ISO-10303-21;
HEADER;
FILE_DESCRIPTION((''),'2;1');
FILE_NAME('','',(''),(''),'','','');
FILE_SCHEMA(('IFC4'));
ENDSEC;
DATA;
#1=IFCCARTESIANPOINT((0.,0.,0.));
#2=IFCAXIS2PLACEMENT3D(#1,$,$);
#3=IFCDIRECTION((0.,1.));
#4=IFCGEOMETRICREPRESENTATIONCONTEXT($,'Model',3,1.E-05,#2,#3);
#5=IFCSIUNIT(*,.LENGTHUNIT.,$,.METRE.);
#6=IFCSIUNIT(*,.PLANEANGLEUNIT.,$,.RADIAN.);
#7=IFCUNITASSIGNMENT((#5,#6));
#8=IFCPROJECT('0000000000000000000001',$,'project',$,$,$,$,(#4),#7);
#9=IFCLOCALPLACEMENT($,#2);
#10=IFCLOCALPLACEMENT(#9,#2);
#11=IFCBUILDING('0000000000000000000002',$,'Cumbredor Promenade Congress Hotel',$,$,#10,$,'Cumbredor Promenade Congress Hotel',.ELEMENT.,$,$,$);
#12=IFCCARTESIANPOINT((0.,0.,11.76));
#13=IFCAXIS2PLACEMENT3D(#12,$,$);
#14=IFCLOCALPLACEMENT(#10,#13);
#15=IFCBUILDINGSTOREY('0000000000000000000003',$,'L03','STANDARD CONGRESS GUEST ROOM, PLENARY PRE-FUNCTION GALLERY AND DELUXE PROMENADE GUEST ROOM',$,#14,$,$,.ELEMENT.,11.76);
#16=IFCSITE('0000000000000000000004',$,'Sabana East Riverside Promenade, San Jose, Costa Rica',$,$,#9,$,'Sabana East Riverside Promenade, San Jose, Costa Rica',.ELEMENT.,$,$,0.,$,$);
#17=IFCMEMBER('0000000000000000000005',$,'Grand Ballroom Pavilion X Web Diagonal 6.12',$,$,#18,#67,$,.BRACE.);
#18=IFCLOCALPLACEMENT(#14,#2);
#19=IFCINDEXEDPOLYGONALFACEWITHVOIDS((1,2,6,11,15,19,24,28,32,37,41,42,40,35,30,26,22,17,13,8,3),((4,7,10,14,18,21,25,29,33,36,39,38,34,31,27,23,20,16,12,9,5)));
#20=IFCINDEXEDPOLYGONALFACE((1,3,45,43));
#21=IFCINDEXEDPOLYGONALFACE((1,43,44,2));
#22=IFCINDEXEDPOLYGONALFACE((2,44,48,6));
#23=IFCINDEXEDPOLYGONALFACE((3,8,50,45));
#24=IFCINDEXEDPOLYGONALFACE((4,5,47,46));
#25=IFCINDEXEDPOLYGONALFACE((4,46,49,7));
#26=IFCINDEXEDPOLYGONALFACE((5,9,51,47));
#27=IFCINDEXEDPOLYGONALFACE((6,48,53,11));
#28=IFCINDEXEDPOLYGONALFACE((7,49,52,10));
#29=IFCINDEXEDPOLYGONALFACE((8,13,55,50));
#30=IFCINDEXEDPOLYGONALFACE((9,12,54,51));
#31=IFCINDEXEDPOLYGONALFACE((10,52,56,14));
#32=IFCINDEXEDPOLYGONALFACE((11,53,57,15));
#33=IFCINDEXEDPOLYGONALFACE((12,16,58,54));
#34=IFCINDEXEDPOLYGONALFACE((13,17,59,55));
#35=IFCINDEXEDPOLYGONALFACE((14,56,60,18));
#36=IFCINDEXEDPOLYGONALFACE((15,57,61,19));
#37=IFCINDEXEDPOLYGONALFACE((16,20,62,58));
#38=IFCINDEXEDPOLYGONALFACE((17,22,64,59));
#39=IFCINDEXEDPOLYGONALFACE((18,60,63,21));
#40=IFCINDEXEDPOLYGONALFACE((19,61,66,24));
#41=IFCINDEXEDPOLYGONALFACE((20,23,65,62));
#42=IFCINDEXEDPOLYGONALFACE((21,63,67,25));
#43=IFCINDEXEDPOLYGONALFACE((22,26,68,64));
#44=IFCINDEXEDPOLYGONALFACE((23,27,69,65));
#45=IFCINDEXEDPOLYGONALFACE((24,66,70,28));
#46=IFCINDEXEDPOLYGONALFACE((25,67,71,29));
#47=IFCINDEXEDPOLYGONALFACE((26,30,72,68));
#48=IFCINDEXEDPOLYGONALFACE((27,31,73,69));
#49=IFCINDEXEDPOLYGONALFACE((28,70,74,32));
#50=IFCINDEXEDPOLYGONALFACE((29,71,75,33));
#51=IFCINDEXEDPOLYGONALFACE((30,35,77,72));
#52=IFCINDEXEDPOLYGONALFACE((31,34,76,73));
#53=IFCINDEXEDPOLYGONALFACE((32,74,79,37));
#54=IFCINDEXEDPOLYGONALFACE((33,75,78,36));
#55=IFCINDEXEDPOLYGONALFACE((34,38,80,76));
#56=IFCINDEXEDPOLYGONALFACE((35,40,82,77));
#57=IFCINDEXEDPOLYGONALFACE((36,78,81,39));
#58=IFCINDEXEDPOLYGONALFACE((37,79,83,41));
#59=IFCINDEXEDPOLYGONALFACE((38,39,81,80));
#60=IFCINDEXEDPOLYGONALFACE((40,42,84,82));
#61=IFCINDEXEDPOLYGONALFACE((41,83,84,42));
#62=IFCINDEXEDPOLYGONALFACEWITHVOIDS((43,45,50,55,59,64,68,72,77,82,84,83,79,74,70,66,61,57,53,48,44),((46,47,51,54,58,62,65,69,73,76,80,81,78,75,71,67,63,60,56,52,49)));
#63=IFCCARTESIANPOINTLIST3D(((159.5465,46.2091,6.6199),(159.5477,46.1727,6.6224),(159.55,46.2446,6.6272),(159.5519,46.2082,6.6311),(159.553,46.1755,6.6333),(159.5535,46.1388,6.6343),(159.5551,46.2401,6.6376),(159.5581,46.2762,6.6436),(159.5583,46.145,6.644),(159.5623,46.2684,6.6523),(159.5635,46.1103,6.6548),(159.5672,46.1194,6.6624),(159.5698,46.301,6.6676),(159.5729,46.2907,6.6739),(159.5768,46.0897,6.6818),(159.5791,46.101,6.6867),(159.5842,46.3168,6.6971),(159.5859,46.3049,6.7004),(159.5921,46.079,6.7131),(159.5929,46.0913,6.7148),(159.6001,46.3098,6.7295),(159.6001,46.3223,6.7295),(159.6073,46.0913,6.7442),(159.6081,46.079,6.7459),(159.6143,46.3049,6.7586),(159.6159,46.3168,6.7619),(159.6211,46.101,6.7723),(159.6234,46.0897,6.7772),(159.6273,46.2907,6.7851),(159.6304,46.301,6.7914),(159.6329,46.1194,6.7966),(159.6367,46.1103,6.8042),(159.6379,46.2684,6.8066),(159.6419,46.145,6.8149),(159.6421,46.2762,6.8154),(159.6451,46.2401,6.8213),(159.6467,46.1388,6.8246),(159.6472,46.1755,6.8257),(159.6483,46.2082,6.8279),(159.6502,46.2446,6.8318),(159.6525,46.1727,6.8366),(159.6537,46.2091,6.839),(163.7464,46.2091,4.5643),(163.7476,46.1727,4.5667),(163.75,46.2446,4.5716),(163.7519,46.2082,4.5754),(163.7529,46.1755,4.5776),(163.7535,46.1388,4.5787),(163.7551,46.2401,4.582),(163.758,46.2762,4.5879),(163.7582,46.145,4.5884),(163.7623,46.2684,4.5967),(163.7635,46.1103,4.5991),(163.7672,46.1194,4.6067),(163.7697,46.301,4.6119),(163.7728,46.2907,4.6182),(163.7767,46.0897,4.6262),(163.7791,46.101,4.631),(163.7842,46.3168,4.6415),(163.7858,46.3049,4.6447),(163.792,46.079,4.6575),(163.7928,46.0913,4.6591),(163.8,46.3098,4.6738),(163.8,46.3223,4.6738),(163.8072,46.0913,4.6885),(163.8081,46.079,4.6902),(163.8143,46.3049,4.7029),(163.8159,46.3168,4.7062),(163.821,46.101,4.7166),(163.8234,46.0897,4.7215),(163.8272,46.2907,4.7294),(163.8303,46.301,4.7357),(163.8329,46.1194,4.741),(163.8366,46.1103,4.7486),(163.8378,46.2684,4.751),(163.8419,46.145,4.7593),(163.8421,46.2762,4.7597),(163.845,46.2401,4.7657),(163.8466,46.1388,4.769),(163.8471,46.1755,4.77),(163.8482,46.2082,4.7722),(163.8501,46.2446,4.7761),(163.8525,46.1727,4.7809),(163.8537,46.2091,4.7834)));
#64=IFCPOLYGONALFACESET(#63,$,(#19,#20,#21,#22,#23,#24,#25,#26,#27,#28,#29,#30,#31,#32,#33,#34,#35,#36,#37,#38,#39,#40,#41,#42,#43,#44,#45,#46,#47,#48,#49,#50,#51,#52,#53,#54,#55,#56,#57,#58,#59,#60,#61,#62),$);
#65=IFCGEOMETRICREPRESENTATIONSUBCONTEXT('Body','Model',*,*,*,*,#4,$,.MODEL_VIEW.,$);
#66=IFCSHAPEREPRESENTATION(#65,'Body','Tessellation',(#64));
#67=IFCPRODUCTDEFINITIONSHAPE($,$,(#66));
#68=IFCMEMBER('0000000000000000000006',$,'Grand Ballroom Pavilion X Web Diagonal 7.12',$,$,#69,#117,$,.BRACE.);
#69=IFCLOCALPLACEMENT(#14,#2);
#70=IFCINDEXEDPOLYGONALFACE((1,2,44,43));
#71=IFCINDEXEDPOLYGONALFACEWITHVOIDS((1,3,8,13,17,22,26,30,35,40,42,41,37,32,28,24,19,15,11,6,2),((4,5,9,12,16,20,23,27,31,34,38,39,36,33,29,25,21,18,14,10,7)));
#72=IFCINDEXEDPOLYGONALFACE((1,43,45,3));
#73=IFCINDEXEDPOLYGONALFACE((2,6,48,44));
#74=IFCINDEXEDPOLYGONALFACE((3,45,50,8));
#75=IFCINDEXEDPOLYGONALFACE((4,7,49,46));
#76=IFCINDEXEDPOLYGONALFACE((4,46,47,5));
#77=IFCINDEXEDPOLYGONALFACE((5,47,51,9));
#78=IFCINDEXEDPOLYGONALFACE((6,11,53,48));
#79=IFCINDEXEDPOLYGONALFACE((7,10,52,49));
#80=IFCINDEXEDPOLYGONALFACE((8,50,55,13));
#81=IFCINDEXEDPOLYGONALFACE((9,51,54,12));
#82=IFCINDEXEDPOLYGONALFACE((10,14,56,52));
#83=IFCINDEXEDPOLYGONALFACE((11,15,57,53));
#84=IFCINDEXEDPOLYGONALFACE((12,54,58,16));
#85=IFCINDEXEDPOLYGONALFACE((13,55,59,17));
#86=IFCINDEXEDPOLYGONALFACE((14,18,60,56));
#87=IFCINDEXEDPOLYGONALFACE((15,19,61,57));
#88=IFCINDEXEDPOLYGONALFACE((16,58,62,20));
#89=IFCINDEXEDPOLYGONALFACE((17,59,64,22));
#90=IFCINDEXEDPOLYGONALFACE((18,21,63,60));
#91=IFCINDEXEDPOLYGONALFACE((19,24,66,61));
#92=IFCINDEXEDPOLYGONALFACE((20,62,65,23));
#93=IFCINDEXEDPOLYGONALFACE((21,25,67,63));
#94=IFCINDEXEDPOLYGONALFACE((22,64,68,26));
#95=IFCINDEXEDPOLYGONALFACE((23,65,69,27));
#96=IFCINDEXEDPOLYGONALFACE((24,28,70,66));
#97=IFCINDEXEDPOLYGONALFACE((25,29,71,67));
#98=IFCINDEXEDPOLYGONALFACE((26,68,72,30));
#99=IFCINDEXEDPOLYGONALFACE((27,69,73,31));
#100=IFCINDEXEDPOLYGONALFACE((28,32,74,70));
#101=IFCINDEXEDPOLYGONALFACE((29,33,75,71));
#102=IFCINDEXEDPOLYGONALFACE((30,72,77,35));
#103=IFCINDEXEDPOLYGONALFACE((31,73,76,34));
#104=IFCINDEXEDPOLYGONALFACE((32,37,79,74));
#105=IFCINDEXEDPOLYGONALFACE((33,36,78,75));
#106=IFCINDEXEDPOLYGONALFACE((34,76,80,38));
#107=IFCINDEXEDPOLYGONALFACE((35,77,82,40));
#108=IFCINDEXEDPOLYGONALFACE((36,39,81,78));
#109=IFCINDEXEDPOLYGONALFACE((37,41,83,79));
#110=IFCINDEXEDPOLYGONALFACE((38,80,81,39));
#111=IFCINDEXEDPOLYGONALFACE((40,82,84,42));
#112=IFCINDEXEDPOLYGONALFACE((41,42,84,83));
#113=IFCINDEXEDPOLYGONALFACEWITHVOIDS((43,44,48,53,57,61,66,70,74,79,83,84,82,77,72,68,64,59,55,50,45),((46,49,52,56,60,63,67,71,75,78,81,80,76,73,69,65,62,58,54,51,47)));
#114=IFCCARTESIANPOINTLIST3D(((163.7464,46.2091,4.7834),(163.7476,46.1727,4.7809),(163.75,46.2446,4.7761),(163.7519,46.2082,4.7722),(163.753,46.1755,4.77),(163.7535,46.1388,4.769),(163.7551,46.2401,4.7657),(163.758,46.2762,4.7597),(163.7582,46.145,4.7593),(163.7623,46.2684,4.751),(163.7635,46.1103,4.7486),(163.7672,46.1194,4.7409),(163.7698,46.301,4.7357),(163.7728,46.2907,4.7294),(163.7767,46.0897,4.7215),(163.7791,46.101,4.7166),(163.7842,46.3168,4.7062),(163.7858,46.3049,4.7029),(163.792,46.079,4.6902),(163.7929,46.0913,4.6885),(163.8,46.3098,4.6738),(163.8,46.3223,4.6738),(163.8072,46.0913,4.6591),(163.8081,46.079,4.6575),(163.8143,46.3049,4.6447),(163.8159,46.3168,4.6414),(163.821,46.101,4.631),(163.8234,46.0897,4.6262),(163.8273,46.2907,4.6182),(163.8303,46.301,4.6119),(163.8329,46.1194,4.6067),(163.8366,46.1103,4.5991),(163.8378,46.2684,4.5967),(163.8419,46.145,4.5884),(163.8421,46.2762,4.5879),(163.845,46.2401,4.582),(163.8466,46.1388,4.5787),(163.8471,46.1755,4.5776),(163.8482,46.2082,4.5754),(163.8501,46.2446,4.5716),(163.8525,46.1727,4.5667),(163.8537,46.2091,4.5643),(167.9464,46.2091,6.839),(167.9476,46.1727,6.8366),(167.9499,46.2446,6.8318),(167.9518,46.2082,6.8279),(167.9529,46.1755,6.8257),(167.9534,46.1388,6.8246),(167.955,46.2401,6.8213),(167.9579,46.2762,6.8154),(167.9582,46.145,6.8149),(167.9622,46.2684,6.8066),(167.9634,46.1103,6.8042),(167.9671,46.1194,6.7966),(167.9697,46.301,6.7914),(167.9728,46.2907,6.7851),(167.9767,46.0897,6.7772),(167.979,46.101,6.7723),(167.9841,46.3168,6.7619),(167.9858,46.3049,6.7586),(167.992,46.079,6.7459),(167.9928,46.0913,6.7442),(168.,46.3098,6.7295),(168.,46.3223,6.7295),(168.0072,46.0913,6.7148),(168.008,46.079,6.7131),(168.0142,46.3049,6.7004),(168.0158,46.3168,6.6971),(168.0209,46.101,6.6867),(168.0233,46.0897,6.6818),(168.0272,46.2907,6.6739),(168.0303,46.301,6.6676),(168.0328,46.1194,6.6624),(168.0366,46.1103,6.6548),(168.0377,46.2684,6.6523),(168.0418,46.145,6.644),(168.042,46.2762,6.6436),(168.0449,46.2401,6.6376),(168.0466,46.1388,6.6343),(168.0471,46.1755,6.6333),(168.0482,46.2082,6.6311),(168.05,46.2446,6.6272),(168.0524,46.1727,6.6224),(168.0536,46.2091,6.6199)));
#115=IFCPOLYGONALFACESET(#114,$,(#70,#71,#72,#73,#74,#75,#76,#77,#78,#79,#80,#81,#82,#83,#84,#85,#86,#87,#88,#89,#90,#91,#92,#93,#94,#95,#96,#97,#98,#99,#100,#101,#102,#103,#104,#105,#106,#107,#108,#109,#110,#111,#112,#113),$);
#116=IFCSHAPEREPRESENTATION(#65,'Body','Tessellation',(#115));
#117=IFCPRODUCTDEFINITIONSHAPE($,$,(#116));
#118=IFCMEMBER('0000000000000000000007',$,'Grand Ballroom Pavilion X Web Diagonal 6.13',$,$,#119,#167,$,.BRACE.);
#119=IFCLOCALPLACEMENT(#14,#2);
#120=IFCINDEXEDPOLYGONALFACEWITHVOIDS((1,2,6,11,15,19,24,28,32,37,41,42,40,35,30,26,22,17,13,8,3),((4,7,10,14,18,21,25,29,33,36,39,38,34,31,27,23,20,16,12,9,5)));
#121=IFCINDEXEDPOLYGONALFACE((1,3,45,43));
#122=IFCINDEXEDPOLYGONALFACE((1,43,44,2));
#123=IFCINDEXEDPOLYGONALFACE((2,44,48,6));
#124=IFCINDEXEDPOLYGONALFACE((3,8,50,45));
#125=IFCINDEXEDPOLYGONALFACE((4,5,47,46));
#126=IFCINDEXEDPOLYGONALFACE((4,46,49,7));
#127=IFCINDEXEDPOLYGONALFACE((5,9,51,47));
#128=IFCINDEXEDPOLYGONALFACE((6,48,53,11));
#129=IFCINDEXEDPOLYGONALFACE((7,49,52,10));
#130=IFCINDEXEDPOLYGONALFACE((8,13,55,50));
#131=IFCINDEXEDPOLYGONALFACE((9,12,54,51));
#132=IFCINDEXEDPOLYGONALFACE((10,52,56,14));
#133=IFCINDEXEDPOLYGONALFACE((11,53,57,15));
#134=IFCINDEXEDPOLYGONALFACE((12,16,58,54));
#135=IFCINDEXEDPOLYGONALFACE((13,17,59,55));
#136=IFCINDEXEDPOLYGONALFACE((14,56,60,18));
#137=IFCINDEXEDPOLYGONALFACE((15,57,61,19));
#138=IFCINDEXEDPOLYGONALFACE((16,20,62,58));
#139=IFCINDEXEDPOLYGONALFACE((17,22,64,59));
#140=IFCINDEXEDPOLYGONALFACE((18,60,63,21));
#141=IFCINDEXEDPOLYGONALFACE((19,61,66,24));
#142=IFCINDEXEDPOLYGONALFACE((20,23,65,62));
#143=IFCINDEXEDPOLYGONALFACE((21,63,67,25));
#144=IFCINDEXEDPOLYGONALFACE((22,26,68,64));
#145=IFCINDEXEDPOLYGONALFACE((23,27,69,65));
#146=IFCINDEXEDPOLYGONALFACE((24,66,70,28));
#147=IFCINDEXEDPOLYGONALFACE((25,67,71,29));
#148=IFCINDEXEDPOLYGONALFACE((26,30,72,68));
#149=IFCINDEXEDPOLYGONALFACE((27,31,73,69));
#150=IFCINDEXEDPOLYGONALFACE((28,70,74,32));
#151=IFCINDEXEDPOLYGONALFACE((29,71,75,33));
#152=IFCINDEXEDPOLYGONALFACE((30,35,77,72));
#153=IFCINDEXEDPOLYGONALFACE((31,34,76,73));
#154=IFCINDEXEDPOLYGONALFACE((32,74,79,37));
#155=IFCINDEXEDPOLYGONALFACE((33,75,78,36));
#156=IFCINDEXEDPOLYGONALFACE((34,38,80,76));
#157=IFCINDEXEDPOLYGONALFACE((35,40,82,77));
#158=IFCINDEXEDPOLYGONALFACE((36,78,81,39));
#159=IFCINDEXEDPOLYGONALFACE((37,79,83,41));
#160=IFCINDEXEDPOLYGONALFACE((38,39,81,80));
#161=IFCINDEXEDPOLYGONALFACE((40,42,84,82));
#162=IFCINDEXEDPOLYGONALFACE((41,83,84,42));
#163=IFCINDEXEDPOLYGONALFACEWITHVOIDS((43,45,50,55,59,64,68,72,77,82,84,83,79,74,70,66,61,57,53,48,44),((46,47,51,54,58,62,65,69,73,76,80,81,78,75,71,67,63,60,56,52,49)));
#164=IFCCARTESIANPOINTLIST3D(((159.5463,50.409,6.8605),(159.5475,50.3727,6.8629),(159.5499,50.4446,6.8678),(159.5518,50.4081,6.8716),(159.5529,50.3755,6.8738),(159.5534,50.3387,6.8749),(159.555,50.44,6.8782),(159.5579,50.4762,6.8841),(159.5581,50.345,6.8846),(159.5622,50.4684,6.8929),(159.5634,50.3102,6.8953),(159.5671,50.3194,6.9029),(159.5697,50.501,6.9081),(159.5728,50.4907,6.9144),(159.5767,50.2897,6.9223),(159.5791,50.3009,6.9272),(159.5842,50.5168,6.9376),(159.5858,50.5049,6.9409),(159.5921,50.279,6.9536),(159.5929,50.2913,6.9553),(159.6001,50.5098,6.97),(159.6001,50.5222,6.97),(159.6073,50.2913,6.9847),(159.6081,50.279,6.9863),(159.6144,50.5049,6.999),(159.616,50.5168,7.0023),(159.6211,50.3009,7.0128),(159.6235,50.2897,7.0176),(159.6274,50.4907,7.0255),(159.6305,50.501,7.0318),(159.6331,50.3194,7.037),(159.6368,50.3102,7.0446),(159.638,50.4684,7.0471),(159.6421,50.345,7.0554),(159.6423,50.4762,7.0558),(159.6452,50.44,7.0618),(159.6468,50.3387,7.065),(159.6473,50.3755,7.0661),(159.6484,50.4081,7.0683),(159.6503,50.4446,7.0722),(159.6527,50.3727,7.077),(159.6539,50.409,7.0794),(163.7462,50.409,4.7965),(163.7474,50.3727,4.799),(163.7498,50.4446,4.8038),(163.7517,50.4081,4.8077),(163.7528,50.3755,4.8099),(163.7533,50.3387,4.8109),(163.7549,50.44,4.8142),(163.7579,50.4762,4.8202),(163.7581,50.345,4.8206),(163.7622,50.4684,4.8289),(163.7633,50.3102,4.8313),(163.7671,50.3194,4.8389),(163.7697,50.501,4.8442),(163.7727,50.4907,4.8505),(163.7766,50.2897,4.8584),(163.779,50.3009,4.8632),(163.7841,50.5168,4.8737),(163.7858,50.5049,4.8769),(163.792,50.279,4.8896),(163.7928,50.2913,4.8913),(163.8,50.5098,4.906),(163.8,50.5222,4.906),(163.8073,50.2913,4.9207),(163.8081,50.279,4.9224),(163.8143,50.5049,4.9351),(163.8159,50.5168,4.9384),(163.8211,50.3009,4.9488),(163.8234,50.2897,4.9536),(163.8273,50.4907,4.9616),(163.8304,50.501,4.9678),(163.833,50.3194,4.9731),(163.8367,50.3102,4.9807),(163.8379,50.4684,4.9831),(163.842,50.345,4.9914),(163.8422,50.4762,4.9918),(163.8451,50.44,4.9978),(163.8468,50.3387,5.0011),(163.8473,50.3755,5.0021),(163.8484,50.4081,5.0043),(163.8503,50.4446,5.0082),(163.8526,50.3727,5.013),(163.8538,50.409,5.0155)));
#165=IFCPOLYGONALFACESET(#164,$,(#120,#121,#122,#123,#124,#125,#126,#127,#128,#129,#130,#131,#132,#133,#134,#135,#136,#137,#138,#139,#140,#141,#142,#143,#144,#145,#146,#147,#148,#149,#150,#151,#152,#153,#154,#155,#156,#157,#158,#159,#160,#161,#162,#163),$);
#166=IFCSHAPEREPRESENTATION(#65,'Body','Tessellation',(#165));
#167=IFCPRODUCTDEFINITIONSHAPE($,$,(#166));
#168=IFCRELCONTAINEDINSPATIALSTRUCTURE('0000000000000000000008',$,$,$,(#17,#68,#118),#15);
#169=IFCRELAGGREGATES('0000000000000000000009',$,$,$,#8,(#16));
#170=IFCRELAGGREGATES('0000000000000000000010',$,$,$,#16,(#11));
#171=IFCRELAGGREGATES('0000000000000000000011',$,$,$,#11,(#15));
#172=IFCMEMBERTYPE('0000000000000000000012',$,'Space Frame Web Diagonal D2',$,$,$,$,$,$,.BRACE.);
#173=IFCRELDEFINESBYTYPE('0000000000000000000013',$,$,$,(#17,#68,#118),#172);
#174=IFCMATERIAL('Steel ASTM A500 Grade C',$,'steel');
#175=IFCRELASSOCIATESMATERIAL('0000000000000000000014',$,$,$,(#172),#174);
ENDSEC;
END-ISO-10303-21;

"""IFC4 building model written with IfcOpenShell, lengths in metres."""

from ifc_helpers import new_model, si_unit, direction, frame, origin, origin_2d, place, context, subcontext, project, spatial, hollow_circle, extrude, material, material_profile, profile_set, type_object, element, save


model = new_model("IFC4")

# Units and contexts
model_context = context("Model", 3, precision=1e-05, world=origin(), true_north=direction((0.0, 1.0)))
body_context = subcontext(model_context, "Body", "Model", "MODEL_VIEW")
ifc_project = project(units=[si_unit("LENGTHUNIT", "METRE"), si_unit("PLANEANGLEUNIT", "RADIAN")], contexts=[model_context])

# Site, building, storey
site_placement = place(None, origin())
site = spatial("IfcSite", under=ifc_project, at=site_placement, Name="Sabana East Riverside Promenade, San Jose, Costa Rica", LongName="Sabana East Riverside Promenade, San Jose, Costa Rica", CompositionType="ELEMENT", RefElevation=0.0)
building_placement = place(site_placement, origin())
building = spatial("IfcBuilding", under=site, at=building_placement, Name="Cumbredor Promenade Congress Hotel", LongName="Cumbredor Promenade Congress Hotel", CompositionType="ELEMENT")
storey_placement = place(building_placement, frame((0.0, 0.0, 11.76)))
storey = spatial("IfcBuildingStorey", under=building, at=storey_placement, Name="L03", Description="STANDARD CONGRESS GUEST ROOM, PLENARY PRE-FUNCTION GALLERY AND DELUXE PROMENADE GUEST ROOM", CompositionType="ELEMENT", Elevation=11.76)

# Members
ifc_material_1 = material(Name="Steel ASTM A500 Grade C", Category="steel")
ifc_material_profile_1 = material_profile(ifc_material_1, hollow_circle(Radius=0.1223, WallThickness=0.0125, at=origin_2d()), Name="CHS 244.5x12.5")
ifc_profile_set_1 = profile_set([ifc_material_profile_1], Name="Steel ASTM A500 Grade C")
member_type_1 = type_object("IfcMemberType", Name="Space Frame Web Diagonal D2", PredefinedType="BRACE", material=ifc_profile_set_1)
for number, where, z_axis, x_axis, name in (
    (1, (159.6001, 46.2, 6.7295), (0.898186, 0.0, -0.439616), (0.0, 1.0, 0.0), "Grand Ballroom Pavilion X Web Diagonal 6.12"),
    (2, (163.8, 46.2, 4.6738), (0.898186, 0.0, 0.439616), (0.0, 1.0, 0.0), "Grand Ballroom Pavilion X Web Diagonal 7.12"),
):
    element("IfcMember", number, at=place(storey_placement, frame(where, z_axis=z_axis, x_axis=x_axis)), inside=storey, type_object=member_type_1, Name=name, PredefinedType="BRACE", context=body_context, shape_type="SweptSolid", body=[
        extrude(hollow_circle(Radius=0.1223, WallThickness=0.0125, at=origin_2d()), origin(), (0.0, 0.0, 1.0), 4.676),
    ])
member_1_placement = place(storey_placement, frame((159.6001, 50.3999, 6.97), z_axis=(0.897484, 0.0, -0.441047), x_axis=(0.0, 1.0, 0.0)))
element("IfcMember", 3, at=member_1_placement, inside=storey, type_object=member_type_1, Name="Grand Ballroom Pavilion X Web Diagonal 6.13", PredefinedType="BRACE", context=body_context, shape_type="SweptSolid", body=[
    extrude(hollow_circle(Radius=0.1223, WallThickness=0.0125, at=origin_2d()), origin(), (0.0, 0.0, 1.0), 4.6797),
])

save(model, "model.ifc")
